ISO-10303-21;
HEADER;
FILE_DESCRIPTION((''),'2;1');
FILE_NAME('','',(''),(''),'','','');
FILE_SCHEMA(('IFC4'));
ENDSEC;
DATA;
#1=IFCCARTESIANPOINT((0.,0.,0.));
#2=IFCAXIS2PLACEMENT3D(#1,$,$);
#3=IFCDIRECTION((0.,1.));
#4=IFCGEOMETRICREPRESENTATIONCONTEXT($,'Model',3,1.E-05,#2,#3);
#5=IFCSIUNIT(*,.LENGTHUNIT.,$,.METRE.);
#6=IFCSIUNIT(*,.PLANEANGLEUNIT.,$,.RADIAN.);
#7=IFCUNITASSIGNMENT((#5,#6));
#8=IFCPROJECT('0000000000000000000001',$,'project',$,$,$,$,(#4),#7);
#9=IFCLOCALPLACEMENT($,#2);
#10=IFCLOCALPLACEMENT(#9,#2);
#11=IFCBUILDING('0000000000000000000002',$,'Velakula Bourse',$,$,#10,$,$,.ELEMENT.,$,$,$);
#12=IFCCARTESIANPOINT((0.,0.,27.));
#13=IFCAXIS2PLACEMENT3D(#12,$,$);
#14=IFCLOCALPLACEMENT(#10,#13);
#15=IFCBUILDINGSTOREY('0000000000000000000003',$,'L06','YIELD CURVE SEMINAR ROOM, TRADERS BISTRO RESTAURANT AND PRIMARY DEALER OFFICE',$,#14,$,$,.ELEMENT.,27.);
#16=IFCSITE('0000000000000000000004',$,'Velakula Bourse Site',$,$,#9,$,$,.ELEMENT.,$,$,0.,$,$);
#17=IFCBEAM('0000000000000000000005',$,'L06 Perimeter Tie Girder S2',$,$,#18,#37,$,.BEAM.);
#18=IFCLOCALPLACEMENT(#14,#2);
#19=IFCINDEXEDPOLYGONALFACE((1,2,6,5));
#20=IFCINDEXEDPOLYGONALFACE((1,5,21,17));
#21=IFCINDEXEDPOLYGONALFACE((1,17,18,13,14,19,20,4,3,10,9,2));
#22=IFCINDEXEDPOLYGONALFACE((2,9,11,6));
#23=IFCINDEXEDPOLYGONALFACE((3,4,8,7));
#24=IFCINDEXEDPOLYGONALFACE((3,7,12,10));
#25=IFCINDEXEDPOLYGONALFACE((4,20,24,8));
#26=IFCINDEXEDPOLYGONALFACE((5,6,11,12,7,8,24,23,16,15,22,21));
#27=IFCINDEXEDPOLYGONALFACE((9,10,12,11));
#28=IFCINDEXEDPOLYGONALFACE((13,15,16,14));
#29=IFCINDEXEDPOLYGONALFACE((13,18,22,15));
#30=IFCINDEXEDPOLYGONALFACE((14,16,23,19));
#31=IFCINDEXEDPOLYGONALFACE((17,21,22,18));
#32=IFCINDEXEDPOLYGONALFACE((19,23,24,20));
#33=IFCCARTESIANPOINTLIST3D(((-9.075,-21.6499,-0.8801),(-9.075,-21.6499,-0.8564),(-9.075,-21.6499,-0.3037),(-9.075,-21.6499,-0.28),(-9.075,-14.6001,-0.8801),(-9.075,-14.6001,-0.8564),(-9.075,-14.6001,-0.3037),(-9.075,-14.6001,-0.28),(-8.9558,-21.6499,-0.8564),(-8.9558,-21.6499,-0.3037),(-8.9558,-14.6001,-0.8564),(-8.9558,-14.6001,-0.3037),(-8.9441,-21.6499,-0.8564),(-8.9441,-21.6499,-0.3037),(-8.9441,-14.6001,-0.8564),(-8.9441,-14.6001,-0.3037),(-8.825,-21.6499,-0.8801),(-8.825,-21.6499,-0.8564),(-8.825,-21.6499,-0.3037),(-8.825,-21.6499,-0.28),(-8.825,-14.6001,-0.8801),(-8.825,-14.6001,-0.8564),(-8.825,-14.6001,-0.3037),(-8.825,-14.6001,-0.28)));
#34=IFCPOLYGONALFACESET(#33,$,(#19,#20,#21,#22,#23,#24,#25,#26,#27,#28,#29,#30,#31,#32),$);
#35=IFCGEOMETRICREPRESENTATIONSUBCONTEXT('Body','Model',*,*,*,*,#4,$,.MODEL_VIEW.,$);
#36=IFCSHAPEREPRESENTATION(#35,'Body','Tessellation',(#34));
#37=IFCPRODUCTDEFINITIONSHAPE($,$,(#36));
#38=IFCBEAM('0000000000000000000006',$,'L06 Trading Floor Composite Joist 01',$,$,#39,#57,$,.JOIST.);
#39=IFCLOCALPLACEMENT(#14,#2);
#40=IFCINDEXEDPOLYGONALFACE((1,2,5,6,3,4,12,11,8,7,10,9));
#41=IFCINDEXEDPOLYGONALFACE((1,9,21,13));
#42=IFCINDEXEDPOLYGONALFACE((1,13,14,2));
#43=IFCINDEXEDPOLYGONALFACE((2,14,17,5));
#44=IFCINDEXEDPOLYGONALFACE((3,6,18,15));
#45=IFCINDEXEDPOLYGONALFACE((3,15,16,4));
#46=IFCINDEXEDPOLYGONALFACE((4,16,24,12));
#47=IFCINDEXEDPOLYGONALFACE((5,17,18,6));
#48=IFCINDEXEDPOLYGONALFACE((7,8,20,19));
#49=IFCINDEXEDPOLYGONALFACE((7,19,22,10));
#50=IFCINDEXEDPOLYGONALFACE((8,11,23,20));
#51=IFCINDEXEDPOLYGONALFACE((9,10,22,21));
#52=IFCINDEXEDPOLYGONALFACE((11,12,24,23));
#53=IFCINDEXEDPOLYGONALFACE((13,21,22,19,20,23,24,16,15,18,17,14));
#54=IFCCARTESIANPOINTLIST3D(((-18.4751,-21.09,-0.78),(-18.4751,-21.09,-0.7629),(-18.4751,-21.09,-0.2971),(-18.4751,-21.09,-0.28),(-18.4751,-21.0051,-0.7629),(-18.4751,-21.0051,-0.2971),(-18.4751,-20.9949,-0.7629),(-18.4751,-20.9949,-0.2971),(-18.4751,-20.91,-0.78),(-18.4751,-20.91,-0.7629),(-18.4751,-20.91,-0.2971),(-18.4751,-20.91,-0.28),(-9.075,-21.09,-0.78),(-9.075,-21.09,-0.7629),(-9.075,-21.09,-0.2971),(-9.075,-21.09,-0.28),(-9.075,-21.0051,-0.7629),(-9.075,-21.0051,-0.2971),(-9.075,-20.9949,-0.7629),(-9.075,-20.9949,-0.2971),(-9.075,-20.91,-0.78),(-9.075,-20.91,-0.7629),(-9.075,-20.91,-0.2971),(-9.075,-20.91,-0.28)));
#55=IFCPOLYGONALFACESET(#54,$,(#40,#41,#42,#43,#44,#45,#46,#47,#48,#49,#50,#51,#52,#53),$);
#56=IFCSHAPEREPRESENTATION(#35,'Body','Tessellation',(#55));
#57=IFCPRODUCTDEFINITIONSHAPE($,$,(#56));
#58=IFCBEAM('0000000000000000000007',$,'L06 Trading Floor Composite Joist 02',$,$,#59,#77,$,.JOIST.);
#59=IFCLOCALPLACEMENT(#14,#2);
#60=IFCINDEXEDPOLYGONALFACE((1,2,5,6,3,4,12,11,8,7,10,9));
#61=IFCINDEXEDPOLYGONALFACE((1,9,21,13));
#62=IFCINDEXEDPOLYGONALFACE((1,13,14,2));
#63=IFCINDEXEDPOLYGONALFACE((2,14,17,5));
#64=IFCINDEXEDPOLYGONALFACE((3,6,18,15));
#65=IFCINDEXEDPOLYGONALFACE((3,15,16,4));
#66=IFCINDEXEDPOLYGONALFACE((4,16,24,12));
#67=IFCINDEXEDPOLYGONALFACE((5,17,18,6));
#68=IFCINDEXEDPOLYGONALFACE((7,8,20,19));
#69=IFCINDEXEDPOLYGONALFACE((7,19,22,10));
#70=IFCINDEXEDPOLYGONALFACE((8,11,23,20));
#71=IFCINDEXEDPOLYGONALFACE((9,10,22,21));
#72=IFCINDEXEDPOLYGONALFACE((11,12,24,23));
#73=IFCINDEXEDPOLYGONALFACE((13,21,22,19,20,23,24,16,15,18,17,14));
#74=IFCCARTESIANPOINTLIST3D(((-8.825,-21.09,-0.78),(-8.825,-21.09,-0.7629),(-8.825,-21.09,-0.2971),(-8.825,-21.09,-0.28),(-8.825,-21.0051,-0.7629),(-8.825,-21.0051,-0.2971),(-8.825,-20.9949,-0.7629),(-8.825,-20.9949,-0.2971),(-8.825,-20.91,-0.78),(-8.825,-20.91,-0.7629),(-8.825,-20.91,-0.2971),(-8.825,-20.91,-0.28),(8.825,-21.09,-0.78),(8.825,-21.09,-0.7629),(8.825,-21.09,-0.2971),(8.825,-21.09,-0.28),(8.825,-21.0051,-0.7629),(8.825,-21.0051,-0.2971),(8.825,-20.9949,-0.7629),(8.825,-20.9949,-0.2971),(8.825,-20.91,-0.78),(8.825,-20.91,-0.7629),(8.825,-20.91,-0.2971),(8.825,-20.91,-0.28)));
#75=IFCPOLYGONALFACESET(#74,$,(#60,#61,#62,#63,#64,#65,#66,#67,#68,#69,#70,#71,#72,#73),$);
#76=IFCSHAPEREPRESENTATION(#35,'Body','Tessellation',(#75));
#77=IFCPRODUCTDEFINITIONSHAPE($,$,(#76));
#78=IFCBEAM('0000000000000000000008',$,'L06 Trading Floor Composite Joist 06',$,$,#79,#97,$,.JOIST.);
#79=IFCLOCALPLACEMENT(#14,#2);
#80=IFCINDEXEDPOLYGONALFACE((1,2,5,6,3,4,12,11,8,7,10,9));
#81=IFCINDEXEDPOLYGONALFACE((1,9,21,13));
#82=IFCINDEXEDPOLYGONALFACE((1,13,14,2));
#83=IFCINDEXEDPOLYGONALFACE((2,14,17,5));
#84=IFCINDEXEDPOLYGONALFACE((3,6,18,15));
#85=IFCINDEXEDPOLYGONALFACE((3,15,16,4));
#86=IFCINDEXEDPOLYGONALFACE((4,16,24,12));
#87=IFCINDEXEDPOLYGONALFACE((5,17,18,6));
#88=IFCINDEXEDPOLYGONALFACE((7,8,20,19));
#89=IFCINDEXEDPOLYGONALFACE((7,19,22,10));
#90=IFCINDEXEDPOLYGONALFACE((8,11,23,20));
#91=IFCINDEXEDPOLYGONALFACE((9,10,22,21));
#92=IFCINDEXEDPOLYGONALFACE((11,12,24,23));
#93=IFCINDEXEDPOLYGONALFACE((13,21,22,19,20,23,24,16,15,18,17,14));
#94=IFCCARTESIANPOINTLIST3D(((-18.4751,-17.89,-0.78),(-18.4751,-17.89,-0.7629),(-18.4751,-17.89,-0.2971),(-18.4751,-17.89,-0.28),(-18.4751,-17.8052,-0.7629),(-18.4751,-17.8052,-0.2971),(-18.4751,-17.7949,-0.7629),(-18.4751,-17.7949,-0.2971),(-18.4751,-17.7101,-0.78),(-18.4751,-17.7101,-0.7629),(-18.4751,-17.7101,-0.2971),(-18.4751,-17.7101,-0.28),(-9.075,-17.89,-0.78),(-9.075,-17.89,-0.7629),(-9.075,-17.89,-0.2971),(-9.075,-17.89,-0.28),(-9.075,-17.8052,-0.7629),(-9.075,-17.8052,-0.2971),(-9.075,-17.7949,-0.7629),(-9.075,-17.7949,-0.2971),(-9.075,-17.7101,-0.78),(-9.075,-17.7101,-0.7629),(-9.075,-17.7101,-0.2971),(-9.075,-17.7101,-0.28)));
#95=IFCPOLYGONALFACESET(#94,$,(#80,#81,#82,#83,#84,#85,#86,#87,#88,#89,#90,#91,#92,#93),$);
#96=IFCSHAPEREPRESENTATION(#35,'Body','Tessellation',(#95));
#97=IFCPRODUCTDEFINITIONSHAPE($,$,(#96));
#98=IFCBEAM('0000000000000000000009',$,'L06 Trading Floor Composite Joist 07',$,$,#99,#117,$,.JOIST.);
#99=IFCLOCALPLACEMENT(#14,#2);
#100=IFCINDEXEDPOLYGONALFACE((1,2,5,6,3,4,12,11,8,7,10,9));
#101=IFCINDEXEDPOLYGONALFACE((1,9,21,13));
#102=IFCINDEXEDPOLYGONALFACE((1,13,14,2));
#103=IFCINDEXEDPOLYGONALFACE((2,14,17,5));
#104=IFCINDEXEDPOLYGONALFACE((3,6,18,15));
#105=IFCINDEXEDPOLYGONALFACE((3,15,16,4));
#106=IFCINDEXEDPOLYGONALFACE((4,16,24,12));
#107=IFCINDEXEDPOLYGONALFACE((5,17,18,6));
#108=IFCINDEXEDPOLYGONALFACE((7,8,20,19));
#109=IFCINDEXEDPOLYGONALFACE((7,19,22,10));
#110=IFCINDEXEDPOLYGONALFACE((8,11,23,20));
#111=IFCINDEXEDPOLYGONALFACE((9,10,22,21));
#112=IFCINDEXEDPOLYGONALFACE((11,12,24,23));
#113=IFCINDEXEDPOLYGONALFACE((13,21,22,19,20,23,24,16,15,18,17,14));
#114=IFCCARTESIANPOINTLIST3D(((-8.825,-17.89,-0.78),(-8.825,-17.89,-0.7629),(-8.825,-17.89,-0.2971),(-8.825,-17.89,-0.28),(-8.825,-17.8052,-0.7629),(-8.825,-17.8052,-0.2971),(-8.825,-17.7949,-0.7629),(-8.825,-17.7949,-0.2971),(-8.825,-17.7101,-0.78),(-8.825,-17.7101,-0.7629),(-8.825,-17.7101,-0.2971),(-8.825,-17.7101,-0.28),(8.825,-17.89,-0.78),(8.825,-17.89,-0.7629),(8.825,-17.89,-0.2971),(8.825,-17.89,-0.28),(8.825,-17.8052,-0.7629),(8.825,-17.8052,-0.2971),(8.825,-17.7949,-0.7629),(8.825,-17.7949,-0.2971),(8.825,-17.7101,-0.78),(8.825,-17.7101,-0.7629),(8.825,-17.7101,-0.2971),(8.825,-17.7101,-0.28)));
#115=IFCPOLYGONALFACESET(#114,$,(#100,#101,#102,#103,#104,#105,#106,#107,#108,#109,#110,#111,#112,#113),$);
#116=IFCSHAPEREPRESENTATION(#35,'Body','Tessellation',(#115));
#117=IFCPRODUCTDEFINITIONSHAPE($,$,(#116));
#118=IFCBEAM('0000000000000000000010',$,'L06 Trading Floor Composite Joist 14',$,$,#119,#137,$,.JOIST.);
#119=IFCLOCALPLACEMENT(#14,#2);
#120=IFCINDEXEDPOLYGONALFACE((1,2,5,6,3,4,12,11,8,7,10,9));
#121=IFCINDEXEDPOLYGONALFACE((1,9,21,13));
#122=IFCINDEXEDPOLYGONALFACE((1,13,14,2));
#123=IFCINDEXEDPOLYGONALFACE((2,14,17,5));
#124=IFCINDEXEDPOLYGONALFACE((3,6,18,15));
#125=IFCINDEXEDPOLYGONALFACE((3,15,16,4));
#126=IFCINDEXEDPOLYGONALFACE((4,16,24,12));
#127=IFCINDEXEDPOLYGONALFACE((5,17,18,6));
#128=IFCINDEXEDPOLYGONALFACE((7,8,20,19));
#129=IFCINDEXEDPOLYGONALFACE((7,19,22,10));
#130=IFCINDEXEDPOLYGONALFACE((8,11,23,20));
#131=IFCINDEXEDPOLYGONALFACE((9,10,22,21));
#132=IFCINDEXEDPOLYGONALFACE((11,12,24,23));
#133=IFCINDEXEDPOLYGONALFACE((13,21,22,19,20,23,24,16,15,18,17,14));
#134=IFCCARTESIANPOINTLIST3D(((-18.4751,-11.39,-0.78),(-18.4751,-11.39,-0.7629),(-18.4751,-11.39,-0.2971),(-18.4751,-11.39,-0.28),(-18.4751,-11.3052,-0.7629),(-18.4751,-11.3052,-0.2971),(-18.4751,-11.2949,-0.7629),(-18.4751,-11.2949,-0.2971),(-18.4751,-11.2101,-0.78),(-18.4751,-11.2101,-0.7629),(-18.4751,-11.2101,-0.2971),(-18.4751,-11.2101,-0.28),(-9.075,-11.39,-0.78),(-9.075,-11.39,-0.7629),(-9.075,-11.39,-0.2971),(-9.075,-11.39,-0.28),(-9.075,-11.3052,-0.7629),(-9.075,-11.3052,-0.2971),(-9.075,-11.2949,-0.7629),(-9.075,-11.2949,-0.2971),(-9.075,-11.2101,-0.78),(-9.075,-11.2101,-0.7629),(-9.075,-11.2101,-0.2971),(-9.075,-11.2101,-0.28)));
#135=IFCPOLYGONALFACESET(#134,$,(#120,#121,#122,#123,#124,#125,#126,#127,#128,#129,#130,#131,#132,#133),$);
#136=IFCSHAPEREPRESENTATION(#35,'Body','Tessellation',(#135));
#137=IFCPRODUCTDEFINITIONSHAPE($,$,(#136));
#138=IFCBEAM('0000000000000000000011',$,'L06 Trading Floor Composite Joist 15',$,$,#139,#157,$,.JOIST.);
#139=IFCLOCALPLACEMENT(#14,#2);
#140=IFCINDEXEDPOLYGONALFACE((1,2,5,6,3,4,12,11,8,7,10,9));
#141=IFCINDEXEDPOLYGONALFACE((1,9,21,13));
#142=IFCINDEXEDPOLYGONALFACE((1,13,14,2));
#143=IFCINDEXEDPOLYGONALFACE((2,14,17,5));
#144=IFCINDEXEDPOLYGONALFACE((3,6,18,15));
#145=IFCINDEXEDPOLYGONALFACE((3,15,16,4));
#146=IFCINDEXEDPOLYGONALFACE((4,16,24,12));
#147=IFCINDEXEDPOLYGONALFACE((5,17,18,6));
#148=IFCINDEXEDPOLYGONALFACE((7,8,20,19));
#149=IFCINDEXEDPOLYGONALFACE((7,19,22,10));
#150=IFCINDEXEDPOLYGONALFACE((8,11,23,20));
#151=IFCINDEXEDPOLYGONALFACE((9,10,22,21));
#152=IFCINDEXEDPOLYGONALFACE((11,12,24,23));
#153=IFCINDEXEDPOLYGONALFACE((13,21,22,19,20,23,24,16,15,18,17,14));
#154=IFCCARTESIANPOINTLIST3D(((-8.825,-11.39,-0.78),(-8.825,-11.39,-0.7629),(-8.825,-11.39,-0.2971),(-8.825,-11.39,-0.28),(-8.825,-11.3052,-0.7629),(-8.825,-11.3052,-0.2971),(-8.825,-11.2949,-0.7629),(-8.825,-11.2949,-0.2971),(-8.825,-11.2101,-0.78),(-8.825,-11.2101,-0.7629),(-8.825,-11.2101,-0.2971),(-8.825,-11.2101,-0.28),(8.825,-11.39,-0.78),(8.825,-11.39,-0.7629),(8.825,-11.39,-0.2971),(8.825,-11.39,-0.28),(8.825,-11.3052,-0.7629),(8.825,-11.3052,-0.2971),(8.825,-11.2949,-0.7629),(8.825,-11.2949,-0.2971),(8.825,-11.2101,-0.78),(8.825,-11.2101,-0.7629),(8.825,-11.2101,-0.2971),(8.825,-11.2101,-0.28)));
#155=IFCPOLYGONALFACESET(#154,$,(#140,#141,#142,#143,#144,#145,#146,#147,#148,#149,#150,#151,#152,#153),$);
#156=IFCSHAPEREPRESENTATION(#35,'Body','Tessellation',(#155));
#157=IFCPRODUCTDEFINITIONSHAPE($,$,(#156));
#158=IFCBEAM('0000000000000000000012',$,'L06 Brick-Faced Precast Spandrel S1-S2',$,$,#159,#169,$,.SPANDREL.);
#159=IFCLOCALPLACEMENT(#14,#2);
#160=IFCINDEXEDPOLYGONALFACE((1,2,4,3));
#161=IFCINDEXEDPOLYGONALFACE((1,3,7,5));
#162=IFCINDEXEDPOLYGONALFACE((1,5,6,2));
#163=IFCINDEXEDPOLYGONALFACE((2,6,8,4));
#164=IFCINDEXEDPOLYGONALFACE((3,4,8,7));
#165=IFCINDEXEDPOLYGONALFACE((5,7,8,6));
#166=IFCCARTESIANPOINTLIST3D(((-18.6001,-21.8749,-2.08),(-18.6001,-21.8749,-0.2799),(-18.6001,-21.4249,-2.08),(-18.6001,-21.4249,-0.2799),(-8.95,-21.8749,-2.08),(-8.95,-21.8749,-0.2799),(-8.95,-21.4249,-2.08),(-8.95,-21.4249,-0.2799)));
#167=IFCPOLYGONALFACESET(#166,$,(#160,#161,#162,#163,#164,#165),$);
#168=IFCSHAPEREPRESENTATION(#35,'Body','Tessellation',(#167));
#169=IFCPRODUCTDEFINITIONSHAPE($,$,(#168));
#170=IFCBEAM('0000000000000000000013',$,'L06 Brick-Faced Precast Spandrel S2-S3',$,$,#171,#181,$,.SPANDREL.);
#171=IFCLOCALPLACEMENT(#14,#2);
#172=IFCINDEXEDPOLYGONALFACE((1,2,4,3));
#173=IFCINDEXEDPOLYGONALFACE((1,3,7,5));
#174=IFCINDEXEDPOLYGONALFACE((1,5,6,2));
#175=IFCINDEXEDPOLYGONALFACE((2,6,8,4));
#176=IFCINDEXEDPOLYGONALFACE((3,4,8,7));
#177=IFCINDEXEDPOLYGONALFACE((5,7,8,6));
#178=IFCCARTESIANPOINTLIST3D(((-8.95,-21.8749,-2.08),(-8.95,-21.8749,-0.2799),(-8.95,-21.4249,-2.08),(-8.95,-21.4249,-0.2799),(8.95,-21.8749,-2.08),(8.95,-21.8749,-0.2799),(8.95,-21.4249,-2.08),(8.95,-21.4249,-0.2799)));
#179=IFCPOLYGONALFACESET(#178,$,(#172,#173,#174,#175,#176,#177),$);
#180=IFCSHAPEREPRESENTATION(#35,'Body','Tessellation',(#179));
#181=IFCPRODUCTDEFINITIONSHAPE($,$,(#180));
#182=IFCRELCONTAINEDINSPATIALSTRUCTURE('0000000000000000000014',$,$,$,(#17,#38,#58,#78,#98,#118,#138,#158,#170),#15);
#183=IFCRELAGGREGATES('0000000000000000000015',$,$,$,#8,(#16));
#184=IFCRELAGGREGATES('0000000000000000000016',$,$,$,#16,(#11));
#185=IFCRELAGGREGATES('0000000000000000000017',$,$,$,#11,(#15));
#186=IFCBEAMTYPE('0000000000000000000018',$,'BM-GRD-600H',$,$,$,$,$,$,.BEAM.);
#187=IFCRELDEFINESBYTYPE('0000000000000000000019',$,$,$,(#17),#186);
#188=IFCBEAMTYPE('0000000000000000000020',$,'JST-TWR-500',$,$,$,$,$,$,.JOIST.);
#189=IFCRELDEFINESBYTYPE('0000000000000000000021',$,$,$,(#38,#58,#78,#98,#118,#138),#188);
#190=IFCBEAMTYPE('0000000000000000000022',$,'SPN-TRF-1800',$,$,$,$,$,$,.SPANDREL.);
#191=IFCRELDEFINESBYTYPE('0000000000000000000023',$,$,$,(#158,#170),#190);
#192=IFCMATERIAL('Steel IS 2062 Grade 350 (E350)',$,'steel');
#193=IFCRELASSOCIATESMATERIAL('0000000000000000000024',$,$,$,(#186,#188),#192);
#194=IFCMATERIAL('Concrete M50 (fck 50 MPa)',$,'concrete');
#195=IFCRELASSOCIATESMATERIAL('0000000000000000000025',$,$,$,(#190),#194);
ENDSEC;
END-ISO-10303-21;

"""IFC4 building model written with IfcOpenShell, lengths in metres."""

from ifc_helpers import new_model, si_unit, direction, frame, origin, origin_2d, place, context, subcontext, project, spatial, rectangle, i_section, extrude, material, material_profile, profile_set, type_object, element, save


model = new_model("IFC4")

# Units and contexts
model_context = context("Model", 3, precision=1e-05, world=origin(), true_north=direction((0.0, 1.0)))
body_context = subcontext(model_context, "Body", "Model", "MODEL_VIEW")
ifc_project = project(units=[si_unit("LENGTHUNIT", "METRE"), si_unit("PLANEANGLEUNIT", "RADIAN")], contexts=[model_context])

# Site, building, storey
site_placement = place(None, origin())
site = spatial("IfcSite", under=ifc_project, at=site_placement, Name="Velakula Bourse Site", CompositionType="ELEMENT", RefElevation=0.0)
building_placement = place(site_placement, origin())
building = spatial("IfcBuilding", under=site, at=building_placement, Name="Velakula Bourse", CompositionType="ELEMENT")
storey_placement = place(building_placement, frame((0.0, 0.0, 27.0)))
storey = spatial("IfcBuildingStorey", under=building, at=storey_placement, Name="L06", Description="YIELD CURVE SEMINAR ROOM, TRADERS BISTRO RESTAURANT AND PRIMARY DEALER OFFICE", CompositionType="ELEMENT", Elevation=27.0)

# Beams
ifc_material_1 = material(Name="Steel IS 2062 Grade 350 (E350)", Category="steel")
ifc_material_profile_1 = material_profile(ifc_material_1, i_section(OverallWidth=0.25, OverallDepth=0.6001, WebThickness=0.0117, FlangeThickness=0.0237, at=origin_2d()), Name="Steel IS 2062 Grade 350 (E350)")
ifc_profile_set_1 = profile_set([ifc_material_profile_1], Name="Steel IS 2062 Grade 350 (E350)")
beam_type_1 = type_object("IfcBeamType", Name="BM-GRD-600H", PredefinedType="BEAM", material=ifc_profile_set_1)
for number, where, z_axis, x_axis, name in (
    (1, (-8.95, -14.6001, -0.5801), (0.0, -1.0, 0.0), (1.0, 0.0, 0.0), "L06 Perimeter Tie Girder S2"),
):
    element("IfcBeam", number, at=place(storey_placement, frame(where, z_axis=z_axis, x_axis=x_axis)), inside=storey, type_object=beam_type_1, Name=name, PredefinedType="BEAM", context=body_context, shape_type="SweptSolid", body=[
        extrude(i_section(OverallWidth=0.25, OverallDepth=0.6001, WebThickness=0.0117, FlangeThickness=0.0237, at=origin_2d()), origin(), (0.0, 0.0, 1.0), 7.0498),
    ])
ifc_material_profile_2 = material_profile(ifc_material_1, i_section(OverallWidth=0.1799, OverallDepth=0.5, WebThickness=0.0103, FlangeThickness=0.0171, at=origin_2d()), Name="Steel IS 2062 Grade 350 (E350)")
ifc_profile_set_2 = profile_set([ifc_material_profile_2], Name="Steel IS 2062 Grade 350 (E350)")
beam_type_2 = type_object("IfcBeamType", Name="JST-TWR-500", PredefinedType="JOIST", material=ifc_profile_set_2)
beam_1_placement = place(storey_placement, frame((-18.4751, -21.0, -0.53), z_axis=(1.0, 0.0, 0.0), x_axis=(0.0, 1.0, 0.0)))
element("IfcBeam", 2, at=beam_1_placement, inside=storey, type_object=beam_type_2, Name="L06 Trading Floor Composite Joist 01", PredefinedType="JOIST", context=body_context, shape_type="SweptSolid", body=[
    extrude(i_section(OverallWidth=0.1799, OverallDepth=0.5, WebThickness=0.0103, FlangeThickness=0.0171, at=origin_2d()), origin(), (0.0, 0.0, 1.0), 9.4001),
])
beam_2_placement = place(storey_placement, frame((-8.825, -21.0, -0.53), z_axis=(1.0, 0.0, 0.0), x_axis=(0.0, 1.0, 0.0)))
element("IfcBeam", 3, at=beam_2_placement, inside=storey, type_object=beam_type_2, Name="L06 Trading Floor Composite Joist 02", PredefinedType="JOIST", context=body_context, shape_type="SweptSolid", body=[
    extrude(i_section(OverallWidth=0.1799, OverallDepth=0.5, WebThickness=0.0103, FlangeThickness=0.0171, at=origin_2d()), origin(), (0.0, 0.0, 1.0), 17.6499),
])
beam_3_placement = place(storey_placement, frame((-18.4751, -17.8, -0.53), z_axis=(1.0, 0.0, 0.0), x_axis=(0.0, 1.0, 0.0)))
element("IfcBeam", 4, at=beam_3_placement, inside=storey, type_object=beam_type_2, Name="L06 Trading Floor Composite Joist 06", PredefinedType="JOIST", context=body_context, shape_type="SweptSolid", body=[
    extrude(i_section(OverallWidth=0.1799, OverallDepth=0.5, WebThickness=0.0103, FlangeThickness=0.0171, at=origin_2d()), origin(), (0.0, 0.0, 1.0), 9.4001),
])
beam_4_placement = place(storey_placement, frame((-8.825, -17.8, -0.53), z_axis=(1.0, 0.0, 0.0), x_axis=(0.0, 1.0, 0.0)))
element("IfcBeam", 5, at=beam_4_placement, inside=storey, type_object=beam_type_2, Name="L06 Trading Floor Composite Joist 07", PredefinedType="JOIST", context=body_context, shape_type="SweptSolid", body=[
    extrude(i_section(OverallWidth=0.1799, OverallDepth=0.5, WebThickness=0.0103, FlangeThickness=0.0171, at=origin_2d()), origin(), (0.0, 0.0, 1.0), 17.6499),
])
beam_5_placement = place(storey_placement, frame((-18.4751, -11.3, -0.53), z_axis=(1.0, 0.0, 0.0), x_axis=(0.0, 1.0, 0.0)))
element("IfcBeam", 6, at=beam_5_placement, inside=storey, type_object=beam_type_2, Name="L06 Trading Floor Composite Joist 14", PredefinedType="JOIST", context=body_context, shape_type="SweptSolid", body=[
    extrude(i_section(OverallWidth=0.1799, OverallDepth=0.5, WebThickness=0.0103, FlangeThickness=0.0171, at=origin_2d()), origin(), (0.0, 0.0, 1.0), 9.4001),
])
beam_6_placement = place(storey_placement, frame((-8.825, -11.3, -0.53), z_axis=(1.0, 0.0, 0.0), x_axis=(0.0, 1.0, 0.0)))
element("IfcBeam", 7, at=beam_6_placement, inside=storey, type_object=beam_type_2, Name="L06 Trading Floor Composite Joist 15", PredefinedType="JOIST", context=body_context, shape_type="SweptSolid", body=[
    extrude(i_section(OverallWidth=0.1799, OverallDepth=0.5, WebThickness=0.0103, FlangeThickness=0.0171, at=origin_2d()), origin(), (0.0, 0.0, 1.0), 17.6499),
])
ifc_material_2 = material(Name="Concrete M50 (fck 50 MPa)", Category="concrete")
ifc_material_profile_3 = material_profile(ifc_material_2, rectangle(XDim=0.45, YDim=1.8, at=origin_2d()), Name="Concrete M50 (fck 50 MPa)")
ifc_profile_set_3 = profile_set([ifc_material_profile_3], Name="Concrete M50 (fck 50 MPa)")
beam_type_3 = type_object("IfcBeamType", Name="SPN-TRF-1800", PredefinedType="SPANDREL", material=ifc_profile_set_3)
beam_7_placement = place(storey_placement, frame((-18.6001, -21.6499, -1.1799), z_axis=(1.0, 0.0, 0.0), x_axis=(0.0, 1.0, 0.0)))
element("IfcBeam", 8, at=beam_7_placement, inside=storey, type_object=beam_type_3, Name="L06 Brick-Faced Precast Spandrel S1-S2", PredefinedType="SPANDREL", context=body_context, shape_type="SweptSolid", body=[
    extrude(rectangle(XDim=0.45, YDim=1.8, at=origin_2d()), origin(), (0.0, 0.0, 1.0), 9.6501),
])
beam_8_placement = place(storey_placement, frame((-8.95, -21.6499, -1.1799), z_axis=(1.0, 0.0, 0.0), x_axis=(0.0, 1.0, 0.0)))
element("IfcBeam", 9, at=beam_8_placement, inside=storey, type_object=beam_type_3, Name="L06 Brick-Faced Precast Spandrel S2-S3", PredefinedType="SPANDREL", context=body_context, shape_type="SweptSolid", body=[
    extrude(rectangle(XDim=0.45, YDim=1.8, at=origin_2d()), origin(), (0.0, 0.0, 1.0), 17.8999),
])

save(model, "model.ifc")
